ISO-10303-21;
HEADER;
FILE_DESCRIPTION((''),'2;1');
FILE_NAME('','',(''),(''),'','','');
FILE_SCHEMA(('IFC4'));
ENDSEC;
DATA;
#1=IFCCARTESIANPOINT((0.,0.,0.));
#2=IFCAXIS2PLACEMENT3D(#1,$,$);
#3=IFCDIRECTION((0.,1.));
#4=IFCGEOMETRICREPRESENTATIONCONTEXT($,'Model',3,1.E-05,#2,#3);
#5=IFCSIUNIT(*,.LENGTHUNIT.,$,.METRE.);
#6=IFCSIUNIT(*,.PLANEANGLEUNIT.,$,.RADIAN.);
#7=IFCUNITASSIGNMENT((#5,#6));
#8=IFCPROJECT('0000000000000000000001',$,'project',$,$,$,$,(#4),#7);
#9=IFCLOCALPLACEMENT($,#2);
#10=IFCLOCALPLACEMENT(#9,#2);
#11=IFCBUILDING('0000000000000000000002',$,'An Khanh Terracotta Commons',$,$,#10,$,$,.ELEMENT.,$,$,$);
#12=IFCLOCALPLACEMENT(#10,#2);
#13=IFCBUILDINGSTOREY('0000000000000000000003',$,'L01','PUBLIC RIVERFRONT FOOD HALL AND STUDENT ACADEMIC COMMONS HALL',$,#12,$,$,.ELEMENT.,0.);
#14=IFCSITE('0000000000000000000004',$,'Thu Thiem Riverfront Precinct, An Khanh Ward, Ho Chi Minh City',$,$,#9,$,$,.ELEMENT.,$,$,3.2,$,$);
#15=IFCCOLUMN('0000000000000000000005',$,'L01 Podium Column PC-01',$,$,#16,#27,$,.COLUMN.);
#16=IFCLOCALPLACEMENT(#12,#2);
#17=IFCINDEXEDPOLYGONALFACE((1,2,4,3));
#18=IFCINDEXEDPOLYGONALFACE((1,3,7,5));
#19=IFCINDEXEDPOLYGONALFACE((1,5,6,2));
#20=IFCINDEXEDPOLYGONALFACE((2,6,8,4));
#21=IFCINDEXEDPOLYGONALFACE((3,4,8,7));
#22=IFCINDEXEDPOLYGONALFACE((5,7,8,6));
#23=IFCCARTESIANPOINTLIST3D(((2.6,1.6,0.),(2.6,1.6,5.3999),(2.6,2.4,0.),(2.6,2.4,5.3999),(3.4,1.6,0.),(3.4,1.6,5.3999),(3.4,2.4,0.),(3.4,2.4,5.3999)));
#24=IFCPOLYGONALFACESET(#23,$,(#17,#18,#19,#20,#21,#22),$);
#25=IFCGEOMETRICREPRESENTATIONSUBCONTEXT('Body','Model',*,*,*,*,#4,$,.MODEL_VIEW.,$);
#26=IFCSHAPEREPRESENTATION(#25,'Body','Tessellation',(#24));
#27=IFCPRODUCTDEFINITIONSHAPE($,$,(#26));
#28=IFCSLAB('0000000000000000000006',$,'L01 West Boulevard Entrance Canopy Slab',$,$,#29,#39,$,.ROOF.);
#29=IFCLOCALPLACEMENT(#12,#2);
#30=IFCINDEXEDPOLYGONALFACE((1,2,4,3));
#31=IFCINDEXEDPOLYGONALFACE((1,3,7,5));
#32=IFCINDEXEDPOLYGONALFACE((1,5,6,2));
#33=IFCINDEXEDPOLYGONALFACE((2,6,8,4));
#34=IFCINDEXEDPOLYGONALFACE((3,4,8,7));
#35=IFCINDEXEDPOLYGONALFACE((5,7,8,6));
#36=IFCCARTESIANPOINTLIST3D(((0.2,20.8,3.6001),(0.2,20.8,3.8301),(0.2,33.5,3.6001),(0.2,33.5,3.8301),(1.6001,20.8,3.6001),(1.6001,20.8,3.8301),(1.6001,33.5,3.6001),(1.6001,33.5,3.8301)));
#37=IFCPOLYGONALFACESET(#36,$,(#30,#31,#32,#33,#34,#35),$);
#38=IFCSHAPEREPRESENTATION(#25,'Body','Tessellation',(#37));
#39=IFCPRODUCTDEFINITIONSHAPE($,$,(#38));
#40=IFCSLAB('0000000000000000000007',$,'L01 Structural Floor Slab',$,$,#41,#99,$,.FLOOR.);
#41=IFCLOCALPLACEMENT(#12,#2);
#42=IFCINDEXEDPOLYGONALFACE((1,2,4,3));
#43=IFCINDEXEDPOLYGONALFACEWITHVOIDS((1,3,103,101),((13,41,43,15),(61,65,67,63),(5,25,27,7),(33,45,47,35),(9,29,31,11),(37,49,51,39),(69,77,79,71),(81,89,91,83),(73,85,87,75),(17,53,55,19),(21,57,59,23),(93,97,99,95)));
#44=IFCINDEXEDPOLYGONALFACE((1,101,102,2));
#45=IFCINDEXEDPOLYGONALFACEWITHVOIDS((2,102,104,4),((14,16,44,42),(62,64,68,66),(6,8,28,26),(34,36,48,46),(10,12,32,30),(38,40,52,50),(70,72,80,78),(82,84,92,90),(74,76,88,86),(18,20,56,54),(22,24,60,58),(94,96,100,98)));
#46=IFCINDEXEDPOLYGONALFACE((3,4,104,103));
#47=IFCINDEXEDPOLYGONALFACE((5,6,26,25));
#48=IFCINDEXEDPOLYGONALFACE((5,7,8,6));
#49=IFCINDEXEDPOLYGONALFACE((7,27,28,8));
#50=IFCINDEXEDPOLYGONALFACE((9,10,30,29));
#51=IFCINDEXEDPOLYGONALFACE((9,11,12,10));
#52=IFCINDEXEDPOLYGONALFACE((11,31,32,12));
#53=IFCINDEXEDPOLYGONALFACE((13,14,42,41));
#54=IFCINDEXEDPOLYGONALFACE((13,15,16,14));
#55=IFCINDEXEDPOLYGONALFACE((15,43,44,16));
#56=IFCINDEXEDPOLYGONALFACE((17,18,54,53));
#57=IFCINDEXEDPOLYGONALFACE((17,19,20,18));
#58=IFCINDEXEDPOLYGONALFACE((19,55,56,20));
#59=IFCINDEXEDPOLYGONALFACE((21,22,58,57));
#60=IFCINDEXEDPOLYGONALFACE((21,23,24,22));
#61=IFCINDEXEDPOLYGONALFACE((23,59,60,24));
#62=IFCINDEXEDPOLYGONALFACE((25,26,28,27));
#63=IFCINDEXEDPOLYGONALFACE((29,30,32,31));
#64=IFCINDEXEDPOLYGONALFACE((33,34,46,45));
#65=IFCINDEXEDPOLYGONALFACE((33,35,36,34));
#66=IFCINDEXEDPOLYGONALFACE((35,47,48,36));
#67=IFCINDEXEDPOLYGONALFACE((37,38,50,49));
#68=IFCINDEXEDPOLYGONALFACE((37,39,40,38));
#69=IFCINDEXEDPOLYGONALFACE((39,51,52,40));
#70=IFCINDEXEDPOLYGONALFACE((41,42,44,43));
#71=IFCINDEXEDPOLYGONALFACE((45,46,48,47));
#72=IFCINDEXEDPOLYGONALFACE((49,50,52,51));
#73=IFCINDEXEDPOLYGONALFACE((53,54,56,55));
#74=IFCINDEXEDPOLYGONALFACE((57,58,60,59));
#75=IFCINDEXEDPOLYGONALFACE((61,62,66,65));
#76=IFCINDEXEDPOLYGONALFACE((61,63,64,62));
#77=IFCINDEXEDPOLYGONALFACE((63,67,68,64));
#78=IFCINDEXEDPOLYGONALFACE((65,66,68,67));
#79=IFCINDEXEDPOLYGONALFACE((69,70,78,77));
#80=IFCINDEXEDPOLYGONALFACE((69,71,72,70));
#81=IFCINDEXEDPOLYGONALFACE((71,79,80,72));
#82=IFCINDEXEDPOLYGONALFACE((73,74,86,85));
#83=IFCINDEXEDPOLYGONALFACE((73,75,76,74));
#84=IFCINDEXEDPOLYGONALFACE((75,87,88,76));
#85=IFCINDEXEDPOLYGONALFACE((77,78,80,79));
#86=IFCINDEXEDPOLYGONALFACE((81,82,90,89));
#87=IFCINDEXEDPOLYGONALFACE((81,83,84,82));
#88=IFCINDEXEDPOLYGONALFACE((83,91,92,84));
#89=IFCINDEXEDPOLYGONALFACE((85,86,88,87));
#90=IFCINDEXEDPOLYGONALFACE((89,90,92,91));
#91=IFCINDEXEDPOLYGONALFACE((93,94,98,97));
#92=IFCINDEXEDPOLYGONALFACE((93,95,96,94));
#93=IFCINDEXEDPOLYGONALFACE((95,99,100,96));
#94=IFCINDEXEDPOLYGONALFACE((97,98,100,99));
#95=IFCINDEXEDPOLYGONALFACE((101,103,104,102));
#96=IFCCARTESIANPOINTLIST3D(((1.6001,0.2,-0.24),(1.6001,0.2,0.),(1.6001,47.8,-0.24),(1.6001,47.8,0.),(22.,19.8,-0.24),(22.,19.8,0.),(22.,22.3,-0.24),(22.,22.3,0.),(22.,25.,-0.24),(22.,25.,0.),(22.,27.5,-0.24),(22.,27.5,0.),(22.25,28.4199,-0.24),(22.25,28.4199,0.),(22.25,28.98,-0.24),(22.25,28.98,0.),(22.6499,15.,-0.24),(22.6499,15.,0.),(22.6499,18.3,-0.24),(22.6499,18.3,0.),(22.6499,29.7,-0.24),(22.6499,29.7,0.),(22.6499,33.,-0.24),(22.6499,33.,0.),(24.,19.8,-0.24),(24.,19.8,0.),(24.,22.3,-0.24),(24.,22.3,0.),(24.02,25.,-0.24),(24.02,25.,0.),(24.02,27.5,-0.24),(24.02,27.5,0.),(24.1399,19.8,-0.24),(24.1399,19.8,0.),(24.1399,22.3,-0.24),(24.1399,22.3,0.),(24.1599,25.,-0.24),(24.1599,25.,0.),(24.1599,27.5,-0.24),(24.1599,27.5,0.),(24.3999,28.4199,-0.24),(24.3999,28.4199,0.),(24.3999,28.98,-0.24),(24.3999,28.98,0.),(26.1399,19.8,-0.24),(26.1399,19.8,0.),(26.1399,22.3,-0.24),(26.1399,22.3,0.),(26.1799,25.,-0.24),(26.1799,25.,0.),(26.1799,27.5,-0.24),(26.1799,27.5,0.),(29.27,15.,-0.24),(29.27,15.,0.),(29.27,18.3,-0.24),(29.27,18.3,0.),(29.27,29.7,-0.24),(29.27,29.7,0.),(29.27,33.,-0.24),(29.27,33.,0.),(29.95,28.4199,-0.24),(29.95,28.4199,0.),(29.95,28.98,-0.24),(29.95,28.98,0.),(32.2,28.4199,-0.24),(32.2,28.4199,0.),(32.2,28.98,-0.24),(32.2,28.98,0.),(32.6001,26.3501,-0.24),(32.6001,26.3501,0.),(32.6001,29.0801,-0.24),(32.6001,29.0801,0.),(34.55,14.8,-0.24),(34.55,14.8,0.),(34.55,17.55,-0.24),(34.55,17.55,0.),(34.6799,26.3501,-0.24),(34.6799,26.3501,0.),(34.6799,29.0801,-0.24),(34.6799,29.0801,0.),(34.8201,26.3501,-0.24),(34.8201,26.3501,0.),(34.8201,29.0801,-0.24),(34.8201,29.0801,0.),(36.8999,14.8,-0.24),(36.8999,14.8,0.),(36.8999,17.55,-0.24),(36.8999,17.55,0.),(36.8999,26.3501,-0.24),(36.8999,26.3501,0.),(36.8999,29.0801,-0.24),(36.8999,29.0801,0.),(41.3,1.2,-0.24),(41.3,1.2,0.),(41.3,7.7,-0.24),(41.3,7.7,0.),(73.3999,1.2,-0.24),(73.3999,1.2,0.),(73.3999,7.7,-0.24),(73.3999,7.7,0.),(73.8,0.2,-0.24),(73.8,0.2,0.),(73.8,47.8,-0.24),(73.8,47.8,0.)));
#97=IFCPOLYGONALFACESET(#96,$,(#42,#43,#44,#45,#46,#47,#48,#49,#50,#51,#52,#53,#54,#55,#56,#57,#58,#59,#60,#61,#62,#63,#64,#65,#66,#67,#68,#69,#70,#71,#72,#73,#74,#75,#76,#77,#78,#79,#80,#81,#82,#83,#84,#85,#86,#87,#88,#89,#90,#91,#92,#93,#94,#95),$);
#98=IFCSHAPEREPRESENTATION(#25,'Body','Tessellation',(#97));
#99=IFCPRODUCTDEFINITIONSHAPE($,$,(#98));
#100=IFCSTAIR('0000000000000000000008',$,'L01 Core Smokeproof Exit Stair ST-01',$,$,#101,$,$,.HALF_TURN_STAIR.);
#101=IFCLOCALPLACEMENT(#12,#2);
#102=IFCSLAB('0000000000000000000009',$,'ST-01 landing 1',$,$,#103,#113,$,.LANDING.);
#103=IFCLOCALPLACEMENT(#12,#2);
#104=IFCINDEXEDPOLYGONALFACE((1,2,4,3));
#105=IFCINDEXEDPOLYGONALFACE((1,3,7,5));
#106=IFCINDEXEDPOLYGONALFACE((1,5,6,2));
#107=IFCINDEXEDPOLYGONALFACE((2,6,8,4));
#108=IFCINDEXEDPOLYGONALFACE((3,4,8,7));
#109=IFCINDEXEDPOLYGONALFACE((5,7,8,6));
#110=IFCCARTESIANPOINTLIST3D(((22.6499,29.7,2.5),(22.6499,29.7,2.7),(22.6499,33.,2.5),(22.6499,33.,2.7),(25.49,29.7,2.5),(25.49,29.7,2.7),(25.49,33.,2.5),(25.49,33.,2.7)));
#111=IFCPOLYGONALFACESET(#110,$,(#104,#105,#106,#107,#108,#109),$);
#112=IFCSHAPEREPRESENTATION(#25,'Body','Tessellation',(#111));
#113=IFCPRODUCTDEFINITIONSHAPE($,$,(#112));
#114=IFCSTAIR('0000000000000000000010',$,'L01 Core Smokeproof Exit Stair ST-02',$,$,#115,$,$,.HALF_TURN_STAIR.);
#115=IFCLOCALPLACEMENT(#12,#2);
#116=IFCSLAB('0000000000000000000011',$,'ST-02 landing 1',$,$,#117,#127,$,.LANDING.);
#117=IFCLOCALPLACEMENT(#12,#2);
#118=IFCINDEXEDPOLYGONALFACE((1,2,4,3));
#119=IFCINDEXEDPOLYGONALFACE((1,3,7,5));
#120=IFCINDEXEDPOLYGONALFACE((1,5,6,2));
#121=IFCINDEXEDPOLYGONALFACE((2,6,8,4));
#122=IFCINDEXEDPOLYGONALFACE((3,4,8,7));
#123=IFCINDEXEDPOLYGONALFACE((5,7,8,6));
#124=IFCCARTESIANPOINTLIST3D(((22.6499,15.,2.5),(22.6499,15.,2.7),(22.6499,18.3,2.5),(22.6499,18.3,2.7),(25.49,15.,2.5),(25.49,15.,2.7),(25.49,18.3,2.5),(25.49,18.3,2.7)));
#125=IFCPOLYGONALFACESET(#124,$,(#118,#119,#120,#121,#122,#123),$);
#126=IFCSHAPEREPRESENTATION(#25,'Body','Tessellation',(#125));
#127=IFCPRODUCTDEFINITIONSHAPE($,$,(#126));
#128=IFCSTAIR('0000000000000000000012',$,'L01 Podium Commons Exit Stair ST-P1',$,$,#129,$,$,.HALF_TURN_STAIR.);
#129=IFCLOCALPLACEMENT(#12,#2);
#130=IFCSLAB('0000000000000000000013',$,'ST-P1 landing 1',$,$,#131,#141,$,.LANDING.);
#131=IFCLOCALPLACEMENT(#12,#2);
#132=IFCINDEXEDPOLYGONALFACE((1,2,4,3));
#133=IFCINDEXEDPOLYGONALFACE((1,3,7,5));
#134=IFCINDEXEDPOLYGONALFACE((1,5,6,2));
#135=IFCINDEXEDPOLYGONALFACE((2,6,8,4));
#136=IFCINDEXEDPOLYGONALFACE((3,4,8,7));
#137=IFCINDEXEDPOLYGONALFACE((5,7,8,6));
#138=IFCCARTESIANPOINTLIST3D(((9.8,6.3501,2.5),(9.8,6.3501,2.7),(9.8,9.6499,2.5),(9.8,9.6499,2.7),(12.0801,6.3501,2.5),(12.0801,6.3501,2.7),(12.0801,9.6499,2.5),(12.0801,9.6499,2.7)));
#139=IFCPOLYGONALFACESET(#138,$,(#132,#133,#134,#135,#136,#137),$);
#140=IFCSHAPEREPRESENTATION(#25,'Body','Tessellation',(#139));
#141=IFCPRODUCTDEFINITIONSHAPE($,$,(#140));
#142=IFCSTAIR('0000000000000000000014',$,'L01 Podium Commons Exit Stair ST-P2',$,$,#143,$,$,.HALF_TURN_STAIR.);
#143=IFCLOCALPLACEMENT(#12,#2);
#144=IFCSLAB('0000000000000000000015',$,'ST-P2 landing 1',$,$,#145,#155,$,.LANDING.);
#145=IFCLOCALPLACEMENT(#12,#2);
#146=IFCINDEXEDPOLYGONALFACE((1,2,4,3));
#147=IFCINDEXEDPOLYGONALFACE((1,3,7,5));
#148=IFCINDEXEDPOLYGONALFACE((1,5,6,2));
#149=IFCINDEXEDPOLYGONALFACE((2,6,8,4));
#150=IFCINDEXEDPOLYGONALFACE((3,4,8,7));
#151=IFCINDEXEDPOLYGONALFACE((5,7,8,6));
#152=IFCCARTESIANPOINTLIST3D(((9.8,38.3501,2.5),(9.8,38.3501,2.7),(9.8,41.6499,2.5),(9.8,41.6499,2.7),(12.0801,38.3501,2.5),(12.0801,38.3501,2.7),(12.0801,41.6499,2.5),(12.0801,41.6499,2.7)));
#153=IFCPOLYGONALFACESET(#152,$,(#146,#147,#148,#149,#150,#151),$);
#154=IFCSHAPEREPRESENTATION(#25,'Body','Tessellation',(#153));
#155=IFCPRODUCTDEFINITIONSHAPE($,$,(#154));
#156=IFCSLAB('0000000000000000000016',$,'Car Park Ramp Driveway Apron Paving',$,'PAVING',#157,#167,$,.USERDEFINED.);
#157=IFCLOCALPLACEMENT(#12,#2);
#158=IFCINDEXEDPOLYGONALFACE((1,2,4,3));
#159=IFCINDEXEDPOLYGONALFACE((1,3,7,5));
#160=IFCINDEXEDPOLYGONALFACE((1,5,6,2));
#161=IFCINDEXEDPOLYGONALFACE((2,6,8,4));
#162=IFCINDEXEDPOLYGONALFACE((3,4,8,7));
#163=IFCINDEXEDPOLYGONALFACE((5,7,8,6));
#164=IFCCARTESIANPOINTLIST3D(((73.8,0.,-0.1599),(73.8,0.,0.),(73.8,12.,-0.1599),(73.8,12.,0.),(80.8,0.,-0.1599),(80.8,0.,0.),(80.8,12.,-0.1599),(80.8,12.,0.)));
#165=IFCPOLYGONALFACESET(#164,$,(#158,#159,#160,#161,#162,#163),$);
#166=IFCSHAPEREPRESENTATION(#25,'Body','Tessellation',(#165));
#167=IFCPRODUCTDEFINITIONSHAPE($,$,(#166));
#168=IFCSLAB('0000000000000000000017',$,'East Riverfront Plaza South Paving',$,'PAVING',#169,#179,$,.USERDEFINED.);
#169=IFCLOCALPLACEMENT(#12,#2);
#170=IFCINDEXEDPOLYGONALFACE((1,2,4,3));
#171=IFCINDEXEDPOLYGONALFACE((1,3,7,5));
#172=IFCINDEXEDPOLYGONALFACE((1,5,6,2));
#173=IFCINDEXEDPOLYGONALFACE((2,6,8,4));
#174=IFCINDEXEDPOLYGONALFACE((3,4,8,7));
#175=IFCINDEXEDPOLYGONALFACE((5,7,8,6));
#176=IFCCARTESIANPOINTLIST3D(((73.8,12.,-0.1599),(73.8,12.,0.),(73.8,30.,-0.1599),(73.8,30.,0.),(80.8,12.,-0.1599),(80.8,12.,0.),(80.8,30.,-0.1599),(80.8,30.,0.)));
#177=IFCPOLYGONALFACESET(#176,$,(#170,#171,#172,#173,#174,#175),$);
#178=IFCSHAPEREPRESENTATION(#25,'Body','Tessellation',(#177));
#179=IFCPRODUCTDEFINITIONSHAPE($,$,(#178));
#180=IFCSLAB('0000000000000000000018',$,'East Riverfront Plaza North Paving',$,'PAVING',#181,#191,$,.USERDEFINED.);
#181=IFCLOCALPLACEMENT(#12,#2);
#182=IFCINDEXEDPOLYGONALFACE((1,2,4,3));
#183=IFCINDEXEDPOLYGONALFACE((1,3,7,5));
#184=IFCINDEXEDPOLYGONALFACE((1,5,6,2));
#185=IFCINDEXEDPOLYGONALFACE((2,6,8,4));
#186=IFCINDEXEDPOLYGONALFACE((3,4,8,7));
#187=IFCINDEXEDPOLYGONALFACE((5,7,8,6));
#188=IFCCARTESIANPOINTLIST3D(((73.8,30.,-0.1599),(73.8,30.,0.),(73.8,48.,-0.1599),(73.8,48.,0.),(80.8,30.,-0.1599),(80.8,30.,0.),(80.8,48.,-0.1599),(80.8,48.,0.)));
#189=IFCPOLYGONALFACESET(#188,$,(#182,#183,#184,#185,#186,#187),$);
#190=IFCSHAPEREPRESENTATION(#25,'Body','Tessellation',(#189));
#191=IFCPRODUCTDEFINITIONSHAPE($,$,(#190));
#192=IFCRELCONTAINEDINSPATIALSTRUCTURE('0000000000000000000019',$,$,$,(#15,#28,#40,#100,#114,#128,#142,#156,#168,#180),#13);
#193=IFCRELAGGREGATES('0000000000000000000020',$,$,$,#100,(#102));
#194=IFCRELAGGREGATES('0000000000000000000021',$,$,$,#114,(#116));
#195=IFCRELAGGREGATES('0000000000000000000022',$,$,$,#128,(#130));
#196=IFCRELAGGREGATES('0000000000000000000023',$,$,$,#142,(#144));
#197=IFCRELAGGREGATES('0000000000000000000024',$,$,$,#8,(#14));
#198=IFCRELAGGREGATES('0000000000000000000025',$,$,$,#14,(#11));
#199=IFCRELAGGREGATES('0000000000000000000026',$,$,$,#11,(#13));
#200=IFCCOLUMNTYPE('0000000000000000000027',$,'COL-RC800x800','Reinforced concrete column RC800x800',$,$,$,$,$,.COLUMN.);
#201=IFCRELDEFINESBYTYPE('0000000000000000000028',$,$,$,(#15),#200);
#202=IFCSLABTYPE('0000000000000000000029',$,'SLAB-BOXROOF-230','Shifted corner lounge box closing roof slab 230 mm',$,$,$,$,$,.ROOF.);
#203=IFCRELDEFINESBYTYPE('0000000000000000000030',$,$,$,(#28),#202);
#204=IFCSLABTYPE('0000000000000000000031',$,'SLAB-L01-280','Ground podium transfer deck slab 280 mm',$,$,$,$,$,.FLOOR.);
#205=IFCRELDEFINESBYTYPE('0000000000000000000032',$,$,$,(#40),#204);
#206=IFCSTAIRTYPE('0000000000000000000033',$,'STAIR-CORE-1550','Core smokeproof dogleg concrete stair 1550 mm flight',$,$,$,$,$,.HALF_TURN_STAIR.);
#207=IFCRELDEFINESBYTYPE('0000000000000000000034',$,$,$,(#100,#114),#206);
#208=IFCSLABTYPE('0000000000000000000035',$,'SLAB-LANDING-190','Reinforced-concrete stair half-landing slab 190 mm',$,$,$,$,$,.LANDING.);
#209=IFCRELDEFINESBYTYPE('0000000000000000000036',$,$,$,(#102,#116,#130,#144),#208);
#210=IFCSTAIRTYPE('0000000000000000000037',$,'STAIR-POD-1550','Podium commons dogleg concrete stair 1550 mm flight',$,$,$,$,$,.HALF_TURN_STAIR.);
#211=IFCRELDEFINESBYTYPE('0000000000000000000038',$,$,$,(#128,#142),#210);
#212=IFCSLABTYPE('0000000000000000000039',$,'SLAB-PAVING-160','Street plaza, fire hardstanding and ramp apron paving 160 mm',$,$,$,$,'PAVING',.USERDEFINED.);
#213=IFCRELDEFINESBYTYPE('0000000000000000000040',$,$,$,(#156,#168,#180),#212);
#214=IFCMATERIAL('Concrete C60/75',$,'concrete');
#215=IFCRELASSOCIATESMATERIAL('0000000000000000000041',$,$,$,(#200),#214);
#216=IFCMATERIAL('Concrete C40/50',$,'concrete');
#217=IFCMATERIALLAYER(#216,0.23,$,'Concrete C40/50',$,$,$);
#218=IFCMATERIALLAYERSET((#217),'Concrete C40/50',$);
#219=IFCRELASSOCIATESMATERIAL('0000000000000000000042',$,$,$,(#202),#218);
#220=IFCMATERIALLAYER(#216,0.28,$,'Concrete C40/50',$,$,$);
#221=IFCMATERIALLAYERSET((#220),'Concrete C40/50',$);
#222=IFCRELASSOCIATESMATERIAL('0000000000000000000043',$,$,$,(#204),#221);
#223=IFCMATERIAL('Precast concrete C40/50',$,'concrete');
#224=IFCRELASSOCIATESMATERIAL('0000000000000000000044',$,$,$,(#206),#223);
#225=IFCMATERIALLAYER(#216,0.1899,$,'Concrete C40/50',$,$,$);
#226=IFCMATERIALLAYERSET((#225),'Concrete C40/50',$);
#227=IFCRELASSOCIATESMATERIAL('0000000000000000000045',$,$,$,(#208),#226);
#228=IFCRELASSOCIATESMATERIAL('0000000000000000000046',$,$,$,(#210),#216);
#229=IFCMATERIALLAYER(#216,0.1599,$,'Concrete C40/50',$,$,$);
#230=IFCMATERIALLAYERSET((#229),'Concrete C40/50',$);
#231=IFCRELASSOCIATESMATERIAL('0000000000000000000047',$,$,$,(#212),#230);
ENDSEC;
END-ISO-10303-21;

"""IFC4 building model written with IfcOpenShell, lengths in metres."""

from ifc_helpers import new_model, si_unit, direction, frame, origin, origin_2d, place, context, subcontext, project, spatial, polyline, rectangle, outline, extrude, material, layer, layer_set, material_profile, profile_set, type_object, element, aggregate, save


model = new_model("IFC4")

# Units and contexts
model_context = context("Model", 3, precision=1e-05, world=origin(), true_north=direction((0.0, 1.0)))
body_context = subcontext(model_context, "Body", "Model", "MODEL_VIEW")
ifc_project = project(units=[si_unit("LENGTHUNIT", "METRE"), si_unit("PLANEANGLEUNIT", "RADIAN")], contexts=[model_context])

# Site, building, storey
site_placement = place(None, origin())
site = spatial("IfcSite", under=ifc_project, at=site_placement, Name="Thu Thiem Riverfront Precinct, An Khanh Ward, Ho Chi Minh City", CompositionType="ELEMENT", RefElevation=3.2)
building_placement = place(site_placement, origin())
building = spatial("IfcBuilding", under=site, at=building_placement, Name="An Khanh Terracotta Commons", CompositionType="ELEMENT")
storey_placement = place(building_placement, origin())
storey = spatial("IfcBuildingStorey", under=building, at=storey_placement, Name="L01", Description="PUBLIC RIVERFRONT FOOD HALL AND STUDENT ACADEMIC COMMONS HALL", CompositionType="ELEMENT", Elevation=0.0)

# Column
ifc_material_1 = material(Name="Concrete C60/75", Category="concrete")
ifc_material_profile = material_profile(ifc_material_1, rectangle(XDim=0.8, YDim=0.8, at=origin_2d()), Name="RC800x800")
ifc_profile_set = profile_set([ifc_material_profile], Name="Concrete C60/75")
column_type = type_object("IfcColumnType", Name="COL-RC800x800", Description="Reinforced concrete column RC800x800", PredefinedType="COLUMN", material=ifc_profile_set)
column_placement = place(storey_placement, frame((3.0, 2.0, 0.0), z_axis=(0.0, 0.0, 1.0), x_axis=(1.0, 0.0, 0.0)))
element("IfcColumn", 1, at=column_placement, inside=storey, type_object=column_type, Name="L01 Podium Column PC-01", PredefinedType="COLUMN", context=body_context, shape_type="SweptSolid", body=[
    extrude(rectangle(XDim=0.8, YDim=0.8, at=origin_2d()), origin(), (0.0, 0.0, 1.0), 5.3999),
])

# Slabs
ifc_material_2 = material(Name="Concrete C40/50", Category="concrete")
ifc_layer_1 = layer(ifc_material_2, 0.23, Name="Concrete C40/50")
ifc_layer_set_1 = layer_set([ifc_layer_1], Name="Concrete C40/50")
slab_type_1 = type_object("IfcSlabType", Name="SLAB-BOXROOF-230", Description="Shifted corner lounge box closing roof slab 230 mm", PredefinedType="ROOF", material=ifc_layer_set_1)
slab_1_placement = place(storey_placement, frame((0.0, 0.0, 3.6001)))
element("IfcSlab", 2, at=slab_1_placement, inside=storey, type_object=slab_type_1, Name="L01 West Boulevard Entrance Canopy Slab", PredefinedType="ROOF", context=body_context, shape_type="SweptSolid", body=[
    extrude(outline(polyline([(0.2, 20.8), (1.6001, 20.8), (1.6001, 33.5), (0.2, 33.5), (0.2, 20.8)])), origin(), (0.0, 0.0, 1.0), 0.23),
])
ifc_layer_2 = layer(ifc_material_2, 0.28, Name="Concrete C40/50")
ifc_layer_set_2 = layer_set([ifc_layer_2], Name="Concrete C40/50")
slab_type_2 = type_object("IfcSlabType", Name="SLAB-L01-280", Description="Ground podium transfer deck slab 280 mm", PredefinedType="FLOOR", material=ifc_layer_set_2)
slab_2_placement = place(storey_placement, frame((0.0, 0.0, -0.24)))
element("IfcSlab", 3, at=slab_2_placement, inside=storey, type_object=slab_type_2, Name="L01 Structural Floor Slab", PredefinedType="FLOOR", context=body_context, shape_type="SweptSolid", body=[
    extrude(outline(polyline([(1.6001, 0.2), (73.8, 0.2), (73.8, 47.8), (1.6001, 47.8), (1.6001, 0.2)]), holes=[polyline([(22.6499, 29.7), (29.27, 29.7), (29.27, 33.0), (22.6499, 33.0), (22.6499, 29.7)]), polyline([(22.6499, 15.0), (29.27, 15.0), (29.27, 18.3), (22.6499, 18.3), (22.6499, 15.0)]), polyline([(32.6001, 26.3501), (34.6799, 26.3501), (34.6799, 29.0801), (32.6001, 29.0801), (32.6001, 26.3501)]), polyline([(34.8201, 26.3501), (36.8999, 26.3501), (36.8999, 29.0801), (34.8201, 29.0801), (34.8201, 26.3501)]), polyline([(34.55, 14.8), (36.8999, 14.8), (36.8999, 17.55), (34.55, 17.55), (34.55, 14.8)]), polyline([(22.0, 25.0), (24.02, 25.0), (24.02, 27.5), (22.0, 27.5), (22.0, 25.0)]), polyline([(24.1599, 25.0), (26.1799, 25.0), (26.1799, 27.5), (24.1599, 27.5), (24.1599, 25.0)]), polyline([(22.0, 19.8), (24.0, 19.8), (24.0, 22.3), (22.0, 22.3), (22.0, 19.8)]), polyline([(24.1399, 19.8), (26.1399, 19.8), (26.1399, 22.3), (24.1399, 22.3), (24.1399, 19.8)]), polyline([(22.25, 28.4199), (24.3999, 28.4199), (24.3999, 28.98), (22.25, 28.98), (22.25, 28.4199)]), polyline([(29.95, 28.4199), (32.2, 28.4199), (32.2, 28.98), (29.95, 28.98), (29.95, 28.4199)]), polyline([(41.3, 1.2), (73.3999, 1.2), (73.3999, 7.7), (41.3, 7.7), (41.3, 1.2)])]), origin(), (0.0, 0.0, 1.0), 0.24),
])

# Stairs, slabs
ifc_material_3 = material(Name="Precast concrete C40/50", Category="concrete")
stair_type_1 = type_object("IfcStairType", Name="STAIR-CORE-1550", Description="Core smokeproof dogleg concrete stair 1550 mm flight", PredefinedType="HALF_TURN_STAIR", material=ifc_material_3)
stair_1_placement = place(storey_placement, origin())
stair_1 = element("IfcStair", 4, at=stair_1_placement, inside=storey, type_object=stair_type_1, Name="L01 Core Smokeproof Exit Stair ST-01", PredefinedType="HALF_TURN_STAIR")
ifc_layer_3 = layer(ifc_material_2, 0.1899, Name="Concrete C40/50")
ifc_layer_set_3 = layer_set([ifc_layer_3], Name="Concrete C40/50")
slab_type_3 = type_object("IfcSlabType", Name="SLAB-LANDING-190", Description="Reinforced-concrete stair half-landing slab 190 mm", PredefinedType="LANDING", material=ifc_layer_set_3)
slab_3_placement = place(storey_placement, frame((0.0, 0.0, 2.5)))
slab_3 = element("IfcSlab", 5, at=slab_3_placement, type_object=slab_type_3, Name="ST-01 landing 1", PredefinedType="LANDING", context=body_context, shape_type="SweptSolid", body=[
    extrude(outline(polyline([(25.49, 33.0), (22.6499, 33.0), (22.6499, 29.7), (25.49, 29.7), (25.49, 33.0)])), origin(), (0.0, 0.0, 1.0), 0.2),
])
aggregate(stair_1, [slab_3])
stair_2_placement = place(storey_placement, origin())
stair_2 = element("IfcStair", 6, at=stair_2_placement, inside=storey, type_object=stair_type_1, Name="L01 Core Smokeproof Exit Stair ST-02", PredefinedType="HALF_TURN_STAIR")
slab_4_placement = place(storey_placement, frame((0.0, 0.0, 2.5)))
slab_4 = element("IfcSlab", 7, at=slab_4_placement, type_object=slab_type_3, Name="ST-02 landing 1", PredefinedType="LANDING", context=body_context, shape_type="SweptSolid", body=[
    extrude(outline(polyline([(25.49, 18.3), (22.6499, 18.3), (22.6499, 15.0), (25.49, 15.0), (25.49, 18.3)])), origin(), (0.0, 0.0, 1.0), 0.2),
])
aggregate(stair_2, [slab_4])
stair_type_2 = type_object("IfcStairType", Name="STAIR-POD-1550", Description="Podium commons dogleg concrete stair 1550 mm flight", PredefinedType="HALF_TURN_STAIR", material=ifc_material_2)
stair_3_placement = place(storey_placement, origin())
stair_3 = element("IfcStair", 8, at=stair_3_placement, inside=storey, type_object=stair_type_2, Name="L01 Podium Commons Exit Stair ST-P1", PredefinedType="HALF_TURN_STAIR")
slab_5_placement = place(storey_placement, frame((0.0, 0.0, 2.5)))
slab_5 = element("IfcSlab", 9, at=slab_5_placement, type_object=slab_type_3, Name="ST-P1 landing 1", PredefinedType="LANDING", context=body_context, shape_type="SweptSolid", body=[
    extrude(outline(polyline([(12.0801, 9.6499), (9.8, 9.6499), (9.8, 6.3501), (12.0801, 6.3501), (12.0801, 9.6499)])), origin(), (0.0, 0.0, 1.0), 0.2),
])
aggregate(stair_3, [slab_5])
stair_4_placement = place(storey_placement, origin())
stair_4 = element("IfcStair", 10, at=stair_4_placement, inside=storey, type_object=stair_type_2, Name="L01 Podium Commons Exit Stair ST-P2", PredefinedType="HALF_TURN_STAIR")
slab_6_placement = place(storey_placement, frame((0.0, 0.0, 2.5)))
slab_6 = element("IfcSlab", 11, at=slab_6_placement, type_object=slab_type_3, Name="ST-P2 landing 1", PredefinedType="LANDING", context=body_context, shape_type="SweptSolid", body=[
    extrude(outline(polyline([(12.0801, 41.6499), (9.8, 41.6499), (9.8, 38.3501), (12.0801, 38.3501), (12.0801, 41.6499)])), origin(), (0.0, 0.0, 1.0), 0.2),
])
aggregate(stair_4, [slab_6])

# Slabs
ifc_layer_4 = layer(ifc_material_2, 0.1599, Name="Concrete C40/50")
ifc_layer_set_4 = layer_set([ifc_layer_4], Name="Concrete C40/50")
slab_type_4 = type_object("IfcSlabType", Name="SLAB-PAVING-160", Description="Street plaza, fire hardstanding and ramp apron paving 160 mm", ElementType="PAVING", PredefinedType="USERDEFINED", material=ifc_layer_set_4)
slab_7_placement = place(storey_placement, frame((0.0, 0.0, -0.1599)))
element("IfcSlab", 12, at=slab_7_placement, inside=storey, type_object=slab_type_4, Name="Car Park Ramp Driveway Apron Paving", ObjectType="PAVING", PredefinedType="USERDEFINED", context=body_context, shape_type="SweptSolid", body=[
    extrude(outline(polyline([(73.8, 0.0), (80.8, 0.0), (80.8, 12.0), (73.8, 12.0), (73.8, 0.0)])), origin(), (0.0, 0.0, 1.0), 0.1599),
])
slab_8_placement = place(storey_placement, frame((0.0, 0.0, -0.1599)))
element("IfcSlab", 13, at=slab_8_placement, inside=storey, type_object=slab_type_4, Name="East Riverfront Plaza South Paving", ObjectType="PAVING", PredefinedType="USERDEFINED", context=body_context, shape_type="SweptSolid", body=[
    extrude(outline(polyline([(73.8, 12.0), (80.8, 12.0), (80.8, 30.0), (73.8, 30.0), (73.8, 12.0)])), origin(), (0.0, 0.0, 1.0), 0.1599),
])
slab_9_placement = place(storey_placement, frame((0.0, 0.0, -0.1599)))
element("IfcSlab", 14, at=slab_9_placement, inside=storey, type_object=slab_type_4, Name="East Riverfront Plaza North Paving", ObjectType="PAVING", PredefinedType="USERDEFINED", context=body_context, shape_type="SweptSolid", body=[
    extrude(outline(polyline([(73.8, 30.0), (80.8, 30.0), (80.8, 48.0), (73.8, 48.0), (73.8, 30.0)])), origin(), (0.0, 0.0, 1.0), 0.1599),
])

save(model, "model.ifc")
